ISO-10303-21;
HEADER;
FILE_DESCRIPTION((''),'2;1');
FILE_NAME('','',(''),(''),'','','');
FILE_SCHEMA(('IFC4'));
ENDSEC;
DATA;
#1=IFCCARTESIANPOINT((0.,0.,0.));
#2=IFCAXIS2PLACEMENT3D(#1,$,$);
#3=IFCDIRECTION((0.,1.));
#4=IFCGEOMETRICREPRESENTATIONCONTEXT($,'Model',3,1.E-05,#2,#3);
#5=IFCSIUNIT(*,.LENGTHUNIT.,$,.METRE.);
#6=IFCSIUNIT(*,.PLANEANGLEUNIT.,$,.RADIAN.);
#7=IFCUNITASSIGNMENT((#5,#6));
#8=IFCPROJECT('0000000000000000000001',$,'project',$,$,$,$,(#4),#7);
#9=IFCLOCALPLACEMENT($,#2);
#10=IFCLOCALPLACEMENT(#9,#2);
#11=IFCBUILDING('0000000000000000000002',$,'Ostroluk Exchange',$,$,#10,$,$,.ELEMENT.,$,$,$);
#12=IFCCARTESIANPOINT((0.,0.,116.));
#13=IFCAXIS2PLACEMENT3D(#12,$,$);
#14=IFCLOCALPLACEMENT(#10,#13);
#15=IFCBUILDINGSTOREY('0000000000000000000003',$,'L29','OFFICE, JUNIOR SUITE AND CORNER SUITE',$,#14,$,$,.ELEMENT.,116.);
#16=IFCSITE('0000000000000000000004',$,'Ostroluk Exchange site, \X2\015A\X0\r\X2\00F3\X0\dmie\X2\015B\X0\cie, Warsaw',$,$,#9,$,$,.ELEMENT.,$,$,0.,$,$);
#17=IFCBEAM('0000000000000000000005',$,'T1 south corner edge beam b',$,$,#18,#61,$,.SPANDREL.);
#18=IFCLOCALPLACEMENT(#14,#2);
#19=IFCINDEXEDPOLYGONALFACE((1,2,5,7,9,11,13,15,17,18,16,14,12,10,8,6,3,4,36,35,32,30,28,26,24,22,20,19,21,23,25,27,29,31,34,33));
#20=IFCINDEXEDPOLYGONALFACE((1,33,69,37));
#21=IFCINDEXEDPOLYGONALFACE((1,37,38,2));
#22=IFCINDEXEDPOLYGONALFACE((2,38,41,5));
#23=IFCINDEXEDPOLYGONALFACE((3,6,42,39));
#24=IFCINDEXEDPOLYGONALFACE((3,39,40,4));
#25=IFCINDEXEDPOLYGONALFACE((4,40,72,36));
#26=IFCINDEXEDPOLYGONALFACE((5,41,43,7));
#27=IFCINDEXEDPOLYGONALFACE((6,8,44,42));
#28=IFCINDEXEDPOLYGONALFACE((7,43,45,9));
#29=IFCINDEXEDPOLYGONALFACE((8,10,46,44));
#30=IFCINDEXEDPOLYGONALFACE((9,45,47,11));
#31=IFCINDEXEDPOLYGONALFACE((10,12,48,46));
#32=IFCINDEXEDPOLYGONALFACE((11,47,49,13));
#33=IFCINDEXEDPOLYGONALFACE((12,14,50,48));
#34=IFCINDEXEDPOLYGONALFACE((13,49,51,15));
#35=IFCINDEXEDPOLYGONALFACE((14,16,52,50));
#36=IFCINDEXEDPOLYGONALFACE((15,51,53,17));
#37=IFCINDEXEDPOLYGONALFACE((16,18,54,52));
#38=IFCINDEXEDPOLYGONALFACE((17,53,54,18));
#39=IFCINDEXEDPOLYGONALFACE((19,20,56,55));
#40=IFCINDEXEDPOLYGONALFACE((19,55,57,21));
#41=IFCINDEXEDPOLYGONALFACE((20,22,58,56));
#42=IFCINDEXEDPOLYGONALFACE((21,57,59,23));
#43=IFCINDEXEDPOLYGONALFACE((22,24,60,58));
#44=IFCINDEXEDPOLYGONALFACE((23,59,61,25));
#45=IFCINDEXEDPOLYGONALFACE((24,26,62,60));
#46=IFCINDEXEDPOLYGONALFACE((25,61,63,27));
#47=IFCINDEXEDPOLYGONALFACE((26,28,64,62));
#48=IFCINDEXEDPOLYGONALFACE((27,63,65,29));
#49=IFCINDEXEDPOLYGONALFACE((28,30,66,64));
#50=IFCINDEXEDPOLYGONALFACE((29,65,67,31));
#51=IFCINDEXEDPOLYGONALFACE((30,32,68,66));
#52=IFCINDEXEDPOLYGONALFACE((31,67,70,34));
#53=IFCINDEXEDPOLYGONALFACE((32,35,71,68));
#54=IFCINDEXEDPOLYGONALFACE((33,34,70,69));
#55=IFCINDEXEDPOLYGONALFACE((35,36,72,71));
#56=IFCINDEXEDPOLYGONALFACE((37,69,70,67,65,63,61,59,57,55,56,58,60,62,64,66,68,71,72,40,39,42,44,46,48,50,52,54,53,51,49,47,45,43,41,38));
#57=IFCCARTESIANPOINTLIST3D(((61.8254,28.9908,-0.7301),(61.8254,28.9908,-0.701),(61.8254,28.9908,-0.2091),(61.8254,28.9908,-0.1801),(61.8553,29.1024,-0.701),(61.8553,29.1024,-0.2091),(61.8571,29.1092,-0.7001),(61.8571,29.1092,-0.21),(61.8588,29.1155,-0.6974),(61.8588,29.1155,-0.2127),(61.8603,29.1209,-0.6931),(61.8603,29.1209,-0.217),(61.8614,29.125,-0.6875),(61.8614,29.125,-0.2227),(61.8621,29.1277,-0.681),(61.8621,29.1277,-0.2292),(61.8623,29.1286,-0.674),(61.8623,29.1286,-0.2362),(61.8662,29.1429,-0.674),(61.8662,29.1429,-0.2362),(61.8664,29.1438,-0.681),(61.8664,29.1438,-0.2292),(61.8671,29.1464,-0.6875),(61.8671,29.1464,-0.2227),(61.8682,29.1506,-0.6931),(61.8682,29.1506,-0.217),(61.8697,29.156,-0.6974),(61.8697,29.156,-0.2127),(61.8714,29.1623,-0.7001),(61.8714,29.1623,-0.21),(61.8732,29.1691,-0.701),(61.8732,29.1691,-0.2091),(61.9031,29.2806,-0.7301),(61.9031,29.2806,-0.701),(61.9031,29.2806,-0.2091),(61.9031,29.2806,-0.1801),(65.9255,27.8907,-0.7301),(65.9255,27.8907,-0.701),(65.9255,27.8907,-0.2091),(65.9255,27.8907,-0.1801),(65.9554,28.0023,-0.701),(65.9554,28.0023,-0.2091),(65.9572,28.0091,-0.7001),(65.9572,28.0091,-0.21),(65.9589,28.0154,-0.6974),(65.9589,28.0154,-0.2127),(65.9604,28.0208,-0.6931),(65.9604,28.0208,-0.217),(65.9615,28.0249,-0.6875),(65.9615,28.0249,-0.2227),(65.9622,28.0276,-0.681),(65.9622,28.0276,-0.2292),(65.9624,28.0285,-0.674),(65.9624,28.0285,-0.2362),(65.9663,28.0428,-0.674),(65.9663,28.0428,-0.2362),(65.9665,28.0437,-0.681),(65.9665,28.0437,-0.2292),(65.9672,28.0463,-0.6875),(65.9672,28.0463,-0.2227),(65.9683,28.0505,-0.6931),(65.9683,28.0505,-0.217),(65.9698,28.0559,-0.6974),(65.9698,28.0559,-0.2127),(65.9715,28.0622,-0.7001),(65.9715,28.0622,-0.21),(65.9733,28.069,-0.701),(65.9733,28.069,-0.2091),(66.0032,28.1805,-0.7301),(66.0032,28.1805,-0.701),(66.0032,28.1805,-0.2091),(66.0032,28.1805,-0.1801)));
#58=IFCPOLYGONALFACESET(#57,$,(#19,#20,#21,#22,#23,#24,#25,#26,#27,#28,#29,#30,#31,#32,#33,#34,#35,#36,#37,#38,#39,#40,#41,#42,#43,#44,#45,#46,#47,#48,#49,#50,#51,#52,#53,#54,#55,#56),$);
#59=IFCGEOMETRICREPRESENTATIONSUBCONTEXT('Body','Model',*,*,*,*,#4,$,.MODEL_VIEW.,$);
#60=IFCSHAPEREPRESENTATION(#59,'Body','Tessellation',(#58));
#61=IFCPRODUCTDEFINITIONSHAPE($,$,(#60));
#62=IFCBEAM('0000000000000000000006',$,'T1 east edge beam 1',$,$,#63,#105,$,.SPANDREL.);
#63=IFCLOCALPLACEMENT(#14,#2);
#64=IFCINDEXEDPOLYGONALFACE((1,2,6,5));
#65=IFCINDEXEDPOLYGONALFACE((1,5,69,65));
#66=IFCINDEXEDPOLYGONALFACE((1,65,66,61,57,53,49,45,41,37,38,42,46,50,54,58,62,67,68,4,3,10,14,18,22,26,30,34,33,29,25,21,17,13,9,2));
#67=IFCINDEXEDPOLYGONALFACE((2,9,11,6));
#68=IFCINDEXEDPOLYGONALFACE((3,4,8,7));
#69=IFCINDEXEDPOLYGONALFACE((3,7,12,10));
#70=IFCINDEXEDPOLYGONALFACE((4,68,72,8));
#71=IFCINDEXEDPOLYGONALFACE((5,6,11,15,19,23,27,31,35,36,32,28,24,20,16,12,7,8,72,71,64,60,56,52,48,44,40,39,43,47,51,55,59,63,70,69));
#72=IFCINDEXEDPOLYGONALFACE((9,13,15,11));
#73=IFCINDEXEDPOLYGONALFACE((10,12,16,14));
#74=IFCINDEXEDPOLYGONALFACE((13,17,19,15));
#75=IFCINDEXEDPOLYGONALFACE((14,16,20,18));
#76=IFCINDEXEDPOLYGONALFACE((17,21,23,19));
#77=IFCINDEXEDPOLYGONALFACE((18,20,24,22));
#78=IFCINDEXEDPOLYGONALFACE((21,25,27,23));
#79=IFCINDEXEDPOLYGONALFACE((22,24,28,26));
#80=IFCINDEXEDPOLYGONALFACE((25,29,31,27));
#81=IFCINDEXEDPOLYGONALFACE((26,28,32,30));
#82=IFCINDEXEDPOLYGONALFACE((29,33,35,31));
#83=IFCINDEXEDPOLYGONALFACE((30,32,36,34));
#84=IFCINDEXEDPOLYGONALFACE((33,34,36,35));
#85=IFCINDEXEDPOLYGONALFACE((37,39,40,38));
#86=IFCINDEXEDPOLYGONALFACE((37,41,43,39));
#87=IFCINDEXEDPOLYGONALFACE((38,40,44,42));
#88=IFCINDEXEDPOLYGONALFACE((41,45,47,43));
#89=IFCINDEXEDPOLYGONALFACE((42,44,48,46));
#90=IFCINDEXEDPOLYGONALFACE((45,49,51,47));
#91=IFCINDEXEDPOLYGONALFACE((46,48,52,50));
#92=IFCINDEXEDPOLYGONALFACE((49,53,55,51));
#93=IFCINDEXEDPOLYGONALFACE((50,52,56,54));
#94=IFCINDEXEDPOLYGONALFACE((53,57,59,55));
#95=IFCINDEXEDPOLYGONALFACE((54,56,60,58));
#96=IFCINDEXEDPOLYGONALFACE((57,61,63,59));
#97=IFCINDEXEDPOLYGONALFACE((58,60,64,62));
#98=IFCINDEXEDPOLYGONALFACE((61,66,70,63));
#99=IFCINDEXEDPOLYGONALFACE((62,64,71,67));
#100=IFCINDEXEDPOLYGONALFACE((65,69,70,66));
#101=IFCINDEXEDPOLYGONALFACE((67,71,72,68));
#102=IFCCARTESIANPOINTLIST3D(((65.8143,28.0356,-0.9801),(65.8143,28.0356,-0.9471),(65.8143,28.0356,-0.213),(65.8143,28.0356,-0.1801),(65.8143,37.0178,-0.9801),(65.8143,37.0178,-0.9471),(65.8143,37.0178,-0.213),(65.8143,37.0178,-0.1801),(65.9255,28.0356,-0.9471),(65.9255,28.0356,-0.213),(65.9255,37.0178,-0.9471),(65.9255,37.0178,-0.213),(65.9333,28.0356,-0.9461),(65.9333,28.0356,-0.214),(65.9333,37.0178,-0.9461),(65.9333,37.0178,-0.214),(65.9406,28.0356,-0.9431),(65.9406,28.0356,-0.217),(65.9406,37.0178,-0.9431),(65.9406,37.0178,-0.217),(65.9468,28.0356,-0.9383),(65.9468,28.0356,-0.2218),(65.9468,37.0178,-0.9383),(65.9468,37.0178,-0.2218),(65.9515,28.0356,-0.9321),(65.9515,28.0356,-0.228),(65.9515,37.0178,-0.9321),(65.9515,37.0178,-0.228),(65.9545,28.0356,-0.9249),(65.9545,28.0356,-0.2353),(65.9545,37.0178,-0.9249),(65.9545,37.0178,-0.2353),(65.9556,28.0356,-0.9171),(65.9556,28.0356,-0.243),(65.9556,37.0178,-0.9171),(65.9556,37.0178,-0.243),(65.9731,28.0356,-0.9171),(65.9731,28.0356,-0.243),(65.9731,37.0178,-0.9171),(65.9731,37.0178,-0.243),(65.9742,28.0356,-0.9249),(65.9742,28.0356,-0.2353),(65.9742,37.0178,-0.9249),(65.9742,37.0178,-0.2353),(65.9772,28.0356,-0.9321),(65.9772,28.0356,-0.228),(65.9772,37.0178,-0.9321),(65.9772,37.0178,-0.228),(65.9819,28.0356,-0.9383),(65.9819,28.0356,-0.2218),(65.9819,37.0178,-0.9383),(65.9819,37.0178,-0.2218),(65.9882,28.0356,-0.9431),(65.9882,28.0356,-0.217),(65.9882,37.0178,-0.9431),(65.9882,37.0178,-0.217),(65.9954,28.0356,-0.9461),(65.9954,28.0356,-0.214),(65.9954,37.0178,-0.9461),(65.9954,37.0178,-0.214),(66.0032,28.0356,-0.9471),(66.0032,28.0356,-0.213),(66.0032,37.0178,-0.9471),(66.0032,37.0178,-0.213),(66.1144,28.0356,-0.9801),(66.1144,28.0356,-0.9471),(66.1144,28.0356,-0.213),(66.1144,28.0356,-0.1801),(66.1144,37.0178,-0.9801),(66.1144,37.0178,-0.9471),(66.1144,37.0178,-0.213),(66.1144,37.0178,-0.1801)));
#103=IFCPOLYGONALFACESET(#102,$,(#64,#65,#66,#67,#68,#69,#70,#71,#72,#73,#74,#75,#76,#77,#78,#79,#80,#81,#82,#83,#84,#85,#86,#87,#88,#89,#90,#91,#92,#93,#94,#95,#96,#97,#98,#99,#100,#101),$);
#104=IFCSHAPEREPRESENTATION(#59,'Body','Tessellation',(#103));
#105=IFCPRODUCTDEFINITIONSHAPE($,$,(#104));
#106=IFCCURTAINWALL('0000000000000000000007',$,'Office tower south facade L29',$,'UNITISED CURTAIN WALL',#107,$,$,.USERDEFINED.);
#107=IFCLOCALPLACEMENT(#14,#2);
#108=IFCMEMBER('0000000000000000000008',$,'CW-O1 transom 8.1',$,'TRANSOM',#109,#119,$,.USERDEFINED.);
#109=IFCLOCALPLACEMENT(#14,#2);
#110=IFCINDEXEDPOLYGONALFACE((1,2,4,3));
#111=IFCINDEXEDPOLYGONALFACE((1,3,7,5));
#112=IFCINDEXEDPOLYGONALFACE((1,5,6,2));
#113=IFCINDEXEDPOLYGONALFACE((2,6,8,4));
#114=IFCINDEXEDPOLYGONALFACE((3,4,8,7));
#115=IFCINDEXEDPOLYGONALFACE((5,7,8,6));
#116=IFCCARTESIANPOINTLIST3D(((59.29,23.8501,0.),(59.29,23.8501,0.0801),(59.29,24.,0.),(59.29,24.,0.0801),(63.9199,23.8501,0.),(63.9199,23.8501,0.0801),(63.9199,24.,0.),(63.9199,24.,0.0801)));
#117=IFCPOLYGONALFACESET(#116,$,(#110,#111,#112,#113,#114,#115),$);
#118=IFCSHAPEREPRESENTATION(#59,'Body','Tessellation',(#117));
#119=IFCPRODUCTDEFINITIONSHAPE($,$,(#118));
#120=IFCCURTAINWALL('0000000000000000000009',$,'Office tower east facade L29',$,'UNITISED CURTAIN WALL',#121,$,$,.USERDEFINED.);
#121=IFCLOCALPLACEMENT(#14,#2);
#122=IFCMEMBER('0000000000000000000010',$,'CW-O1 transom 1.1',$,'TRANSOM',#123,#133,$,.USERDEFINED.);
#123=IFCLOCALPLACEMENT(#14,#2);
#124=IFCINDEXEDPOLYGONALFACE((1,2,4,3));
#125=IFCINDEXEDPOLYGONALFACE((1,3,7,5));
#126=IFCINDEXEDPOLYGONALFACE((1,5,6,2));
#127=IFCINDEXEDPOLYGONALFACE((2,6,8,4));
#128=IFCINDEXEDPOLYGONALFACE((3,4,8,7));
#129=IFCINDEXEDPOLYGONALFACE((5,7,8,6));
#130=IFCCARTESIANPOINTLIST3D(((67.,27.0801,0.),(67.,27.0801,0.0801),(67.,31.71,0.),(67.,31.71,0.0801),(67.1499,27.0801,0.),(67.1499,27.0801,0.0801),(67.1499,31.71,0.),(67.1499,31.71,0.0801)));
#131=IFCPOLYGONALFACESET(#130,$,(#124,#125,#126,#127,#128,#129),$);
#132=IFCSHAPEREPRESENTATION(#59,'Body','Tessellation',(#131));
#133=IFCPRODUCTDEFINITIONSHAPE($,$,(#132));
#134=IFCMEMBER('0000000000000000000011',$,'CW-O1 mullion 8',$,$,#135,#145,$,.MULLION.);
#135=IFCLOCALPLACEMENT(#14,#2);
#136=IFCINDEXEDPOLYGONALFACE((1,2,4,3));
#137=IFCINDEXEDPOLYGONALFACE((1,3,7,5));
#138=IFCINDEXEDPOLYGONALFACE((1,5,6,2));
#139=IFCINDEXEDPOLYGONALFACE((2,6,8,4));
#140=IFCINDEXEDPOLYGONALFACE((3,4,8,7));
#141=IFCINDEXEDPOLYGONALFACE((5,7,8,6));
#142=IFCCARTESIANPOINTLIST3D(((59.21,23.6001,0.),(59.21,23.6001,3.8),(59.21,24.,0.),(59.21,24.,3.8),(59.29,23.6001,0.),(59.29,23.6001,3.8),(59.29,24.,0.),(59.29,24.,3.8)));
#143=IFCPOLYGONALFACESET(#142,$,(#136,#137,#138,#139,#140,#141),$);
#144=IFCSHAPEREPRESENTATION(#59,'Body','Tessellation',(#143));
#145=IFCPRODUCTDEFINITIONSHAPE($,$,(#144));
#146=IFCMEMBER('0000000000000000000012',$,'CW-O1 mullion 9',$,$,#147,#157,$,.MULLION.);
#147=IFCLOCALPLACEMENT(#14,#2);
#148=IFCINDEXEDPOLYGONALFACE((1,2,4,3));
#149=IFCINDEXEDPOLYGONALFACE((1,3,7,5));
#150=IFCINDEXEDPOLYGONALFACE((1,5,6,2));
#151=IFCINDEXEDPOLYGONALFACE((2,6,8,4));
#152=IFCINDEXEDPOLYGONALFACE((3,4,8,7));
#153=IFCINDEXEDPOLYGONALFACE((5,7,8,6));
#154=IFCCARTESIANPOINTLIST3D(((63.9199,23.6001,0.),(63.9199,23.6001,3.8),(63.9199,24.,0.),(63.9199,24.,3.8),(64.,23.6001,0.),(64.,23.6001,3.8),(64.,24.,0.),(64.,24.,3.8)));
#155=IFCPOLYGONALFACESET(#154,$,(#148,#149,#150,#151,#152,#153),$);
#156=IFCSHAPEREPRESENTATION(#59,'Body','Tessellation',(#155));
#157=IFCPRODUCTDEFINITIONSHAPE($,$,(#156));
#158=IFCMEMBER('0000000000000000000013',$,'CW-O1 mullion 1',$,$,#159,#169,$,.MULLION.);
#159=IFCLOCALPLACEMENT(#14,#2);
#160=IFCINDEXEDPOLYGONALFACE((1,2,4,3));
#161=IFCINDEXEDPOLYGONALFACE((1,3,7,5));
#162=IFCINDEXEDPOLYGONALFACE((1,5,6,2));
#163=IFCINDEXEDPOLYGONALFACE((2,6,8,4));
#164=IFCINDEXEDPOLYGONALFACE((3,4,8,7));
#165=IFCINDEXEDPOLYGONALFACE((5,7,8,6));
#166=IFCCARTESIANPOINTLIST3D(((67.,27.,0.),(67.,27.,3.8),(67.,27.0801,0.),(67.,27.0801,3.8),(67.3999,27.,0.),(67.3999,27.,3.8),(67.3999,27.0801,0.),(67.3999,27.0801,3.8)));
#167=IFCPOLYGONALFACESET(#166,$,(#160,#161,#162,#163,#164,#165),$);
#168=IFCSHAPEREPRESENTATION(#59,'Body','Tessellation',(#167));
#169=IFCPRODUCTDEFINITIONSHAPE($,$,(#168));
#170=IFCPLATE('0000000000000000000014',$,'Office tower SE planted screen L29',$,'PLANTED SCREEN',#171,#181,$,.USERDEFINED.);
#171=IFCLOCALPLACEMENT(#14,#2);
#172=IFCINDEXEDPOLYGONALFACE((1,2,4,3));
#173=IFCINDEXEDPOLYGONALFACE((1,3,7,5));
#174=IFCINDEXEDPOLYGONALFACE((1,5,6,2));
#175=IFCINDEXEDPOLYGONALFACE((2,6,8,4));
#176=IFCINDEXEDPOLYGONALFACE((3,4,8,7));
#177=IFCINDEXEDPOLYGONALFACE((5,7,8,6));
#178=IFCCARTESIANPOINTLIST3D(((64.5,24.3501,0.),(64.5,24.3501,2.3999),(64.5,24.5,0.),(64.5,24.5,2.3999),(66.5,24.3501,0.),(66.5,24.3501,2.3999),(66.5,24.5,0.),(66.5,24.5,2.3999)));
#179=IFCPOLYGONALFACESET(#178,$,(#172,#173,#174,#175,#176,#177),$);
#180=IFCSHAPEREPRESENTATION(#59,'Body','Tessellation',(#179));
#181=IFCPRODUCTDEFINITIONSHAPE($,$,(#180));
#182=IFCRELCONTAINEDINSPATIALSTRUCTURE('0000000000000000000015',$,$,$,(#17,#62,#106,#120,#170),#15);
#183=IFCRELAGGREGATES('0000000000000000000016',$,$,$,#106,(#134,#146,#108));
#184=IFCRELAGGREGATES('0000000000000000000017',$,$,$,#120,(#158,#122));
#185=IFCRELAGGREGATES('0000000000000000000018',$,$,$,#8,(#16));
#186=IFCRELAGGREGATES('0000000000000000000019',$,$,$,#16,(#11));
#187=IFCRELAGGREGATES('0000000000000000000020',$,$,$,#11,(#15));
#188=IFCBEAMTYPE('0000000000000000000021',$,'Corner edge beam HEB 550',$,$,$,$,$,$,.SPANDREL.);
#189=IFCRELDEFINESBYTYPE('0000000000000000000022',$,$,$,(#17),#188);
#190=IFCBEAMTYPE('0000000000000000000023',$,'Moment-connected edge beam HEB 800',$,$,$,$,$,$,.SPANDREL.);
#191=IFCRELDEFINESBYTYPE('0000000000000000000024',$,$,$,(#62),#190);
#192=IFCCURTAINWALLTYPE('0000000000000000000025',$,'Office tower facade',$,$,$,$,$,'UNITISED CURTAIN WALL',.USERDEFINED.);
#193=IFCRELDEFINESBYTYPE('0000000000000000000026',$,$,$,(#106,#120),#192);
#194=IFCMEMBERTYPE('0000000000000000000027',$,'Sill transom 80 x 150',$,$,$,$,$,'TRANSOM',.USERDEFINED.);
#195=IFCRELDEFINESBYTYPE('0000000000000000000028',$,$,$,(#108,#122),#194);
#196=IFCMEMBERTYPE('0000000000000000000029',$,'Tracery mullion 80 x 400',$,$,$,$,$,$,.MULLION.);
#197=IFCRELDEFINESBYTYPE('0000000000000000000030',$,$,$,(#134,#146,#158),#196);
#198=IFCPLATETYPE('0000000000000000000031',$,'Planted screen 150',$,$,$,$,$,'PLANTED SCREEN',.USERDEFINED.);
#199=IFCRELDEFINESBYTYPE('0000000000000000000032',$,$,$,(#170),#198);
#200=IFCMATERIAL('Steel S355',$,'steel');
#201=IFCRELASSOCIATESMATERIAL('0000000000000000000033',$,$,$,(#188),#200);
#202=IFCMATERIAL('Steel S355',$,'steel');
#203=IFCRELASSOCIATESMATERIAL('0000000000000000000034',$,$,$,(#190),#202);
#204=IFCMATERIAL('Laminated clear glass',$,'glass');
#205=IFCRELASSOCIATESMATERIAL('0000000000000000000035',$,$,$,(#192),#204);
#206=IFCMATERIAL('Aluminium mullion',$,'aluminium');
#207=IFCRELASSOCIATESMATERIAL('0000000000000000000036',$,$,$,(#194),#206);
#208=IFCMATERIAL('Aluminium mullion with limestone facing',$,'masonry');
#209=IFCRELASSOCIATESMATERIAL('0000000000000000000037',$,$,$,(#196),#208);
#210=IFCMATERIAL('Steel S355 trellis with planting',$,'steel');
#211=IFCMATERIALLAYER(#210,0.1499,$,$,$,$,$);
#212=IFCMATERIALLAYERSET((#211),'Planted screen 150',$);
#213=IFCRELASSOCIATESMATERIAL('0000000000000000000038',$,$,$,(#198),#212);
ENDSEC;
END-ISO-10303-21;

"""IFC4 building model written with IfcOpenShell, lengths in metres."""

from ifc_helpers import new_model, si_unit, direction, frame, origin, origin_2d, place, context, subcontext, project, spatial, rectangle, i_section, extrude, material, layer, layer_set, material_profile, profile_set, type_object, element, aggregate, save


model = new_model("IFC4")

# Units and contexts
model_context = context("Model", 3, precision=1e-05, world=origin(), true_north=direction((0.0, 1.0)))
body_context = subcontext(model_context, "Body", "Model", "MODEL_VIEW")
ifc_project = project(units=[si_unit("LENGTHUNIT", "METRE"), si_unit("PLANEANGLEUNIT", "RADIAN")], contexts=[model_context])

# Site, building, storey
site_placement = place(None, origin())
site = spatial("IfcSite", under=ifc_project, at=site_placement, Name="Ostroluk Exchange site, Śródmieście, Warsaw", CompositionType="ELEMENT", RefElevation=0.0)
building_placement = place(site_placement, origin())
building = spatial("IfcBuilding", under=site, at=building_placement, Name="Ostroluk Exchange", CompositionType="ELEMENT")
storey_placement = place(building_placement, frame((0.0, 0.0, 116.0)))
storey = spatial("IfcBuildingStorey", under=building, at=storey_placement, Name="L29", Description="OFFICE, JUNIOR SUITE AND CORNER SUITE", CompositionType="ELEMENT", Elevation=116.0)

# Beams
ifc_material_1 = material(Name="Steel S355", Category="steel")
ifc_material_profile_1 = material_profile(ifc_material_1, i_section(OverallWidth=0.3, OverallDepth=0.55, WebThickness=0.0149, FlangeThickness=0.0291, FilletRadius=0.0271, at=origin_2d()), Name="HEB 550")
ifc_profile_set_1 = profile_set([ifc_material_profile_1], Name="Steel S355")
beam_type_1 = type_object("IfcBeamType", Name="Corner edge beam HEB 550", PredefinedType="SPANDREL", material=ifc_profile_set_1)
for number, where, z_axis, x_axis, name in (
    (1, (61.8643, 29.1357, -0.4551), (0.965839, -0.259144, 0.0), (0.259144, 0.965839, 0.0), "T1 south corner edge beam b"),
):
    element("IfcBeam", number, at=place(storey_placement, frame(where, z_axis=z_axis, x_axis=x_axis)), inside=storey, type_object=beam_type_1, Name=name, PredefinedType="SPANDREL", context=body_context, shape_type="SweptSolid", body=[
        extrude(i_section(OverallWidth=0.3, OverallDepth=0.55, WebThickness=0.0149, FlangeThickness=0.0291, FilletRadius=0.0271, at=origin_2d()), origin(), (0.0, 0.0, 1.0), 4.2451),
    ])
ifc_material_2 = material(Name="Steel S355", Category="steel")
ifc_material_profile_2 = material_profile(ifc_material_2, i_section(OverallWidth=0.3, OverallDepth=0.8, WebThickness=0.0176, FlangeThickness=0.033, FilletRadius=0.03, at=origin_2d()), Name="HEB 800")
ifc_profile_set_2 = profile_set([ifc_material_profile_2], Name="Steel S355")
beam_type_2 = type_object("IfcBeamType", Name="Moment-connected edge beam HEB 800", PredefinedType="SPANDREL", material=ifc_profile_set_2)
beam_1_placement = place(storey_placement, frame((65.9644, 28.0356, -0.5801), z_axis=(0.0, 1.0, 0.0), x_axis=(-1.0, 0.0, 0.0)))
element("IfcBeam", 2, at=beam_1_placement, inside=storey, type_object=beam_type_2, Name="T1 east edge beam 1", PredefinedType="SPANDREL", context=body_context, shape_type="SweptSolid", body=[
    extrude(i_section(OverallWidth=0.3, OverallDepth=0.8, WebThickness=0.0176, FlangeThickness=0.033, FilletRadius=0.03, at=origin_2d()), origin(), (0.0, 0.0, 1.0), 8.9822),
])

# Curtain walls, members
ifc_material_3 = material(Name="Laminated clear glass", Category="glass")
curtain_wall_type = type_object("IfcCurtainWallType", Name="Office tower facade", ElementType="UNITISED CURTAIN WALL", PredefinedType="USERDEFINED", material=ifc_material_3)
curtain_wall_1_placement = place(storey_placement, origin())
curtain_wall_1 = element("IfcCurtainWall", 3, at=curtain_wall_1_placement, inside=storey, type_object=curtain_wall_type, Name="Office tower south facade L29", ObjectType="UNITISED CURTAIN WALL", PredefinedType="USERDEFINED")
ifc_material_4 = material(Name="Aluminium mullion", Category="aluminium")
ifc_material_profile_3 = material_profile(ifc_material_4, rectangle(XDim=0.1499, YDim=0.0801, at=origin_2d()), Name="Sill transom 80 x 150")
ifc_profile_set_3 = profile_set([ifc_material_profile_3], Name="Aluminium mullion")
member_type_1 = type_object("IfcMemberType", Name="Sill transom 80 x 150", ElementType="TRANSOM", PredefinedType="USERDEFINED", material=ifc_profile_set_3)
member_1_placement = place(storey_placement, frame((59.29, 23.925, 0.04), z_axis=(1.0, 0.0, 0.0), x_axis=(0.0, 1.0, 0.0)))
member_1 = element("IfcMember", 4, at=member_1_placement, type_object=member_type_1, Name="CW-O1 transom 8.1", ObjectType="TRANSOM", PredefinedType="USERDEFINED", context=body_context, shape_type="SweptSolid", body=[
    extrude(rectangle(XDim=0.1499, YDim=0.0801, at=origin_2d()), origin(), (0.0, 0.0, 1.0), 4.6299),
])
curtain_wall_2_placement = place(storey_placement, origin())
curtain_wall_2 = element("IfcCurtainWall", 5, at=curtain_wall_2_placement, inside=storey, type_object=curtain_wall_type, Name="Office tower east facade L29", ObjectType="UNITISED CURTAIN WALL", PredefinedType="USERDEFINED")
member_2_placement = place(storey_placement, frame((67.075, 27.0801, 0.04), z_axis=(0.0, 1.0, 0.0), x_axis=(-1.0, 0.0, 0.0)))
member_2 = element("IfcMember", 6, at=member_2_placement, type_object=member_type_1, Name="CW-O1 transom 1.1", ObjectType="TRANSOM", PredefinedType="USERDEFINED", context=body_context, shape_type="SweptSolid", body=[
    extrude(rectangle(XDim=0.1499, YDim=0.0801, at=origin_2d()), origin(), (0.0, 0.0, 1.0), 4.6299),
])

# Members
ifc_material_5 = material(Name="Aluminium mullion with limestone facing", Category="masonry")
ifc_material_profile_4 = material_profile(ifc_material_5, rectangle(XDim=0.3999, YDim=0.0801, at=origin_2d()), Name="Tracery mullion 80 x 400")
ifc_profile_set_4 = profile_set([ifc_material_profile_4], Name="Aluminium mullion with limestone facing")
member_type_2 = type_object("IfcMemberType", Name="Tracery mullion 80 x 400", PredefinedType="MULLION", material=ifc_profile_set_4)
member_3_placement = place(storey_placement, frame((59.25, 23.8, 0.0), z_axis=(0.0, 0.0, 1.0), x_axis=(0.0, 1.0, 0.0)))
member_3 = element("IfcMember", 7, at=member_3_placement, type_object=member_type_2, Name="CW-O1 mullion 8", PredefinedType="MULLION", context=body_context, shape_type="SweptSolid", body=[
    extrude(rectangle(XDim=0.3999, YDim=0.0801, at=origin_2d()), origin(), (0.0, 0.0, 1.0), 3.8),
])
member_4_placement = place(storey_placement, frame((63.96, 23.8, 0.0), z_axis=(0.0, 0.0, 1.0), x_axis=(0.0, 1.0, 0.0)))
member_4 = element("IfcMember", 8, at=member_4_placement, type_object=member_type_2, Name="CW-O1 mullion 9", PredefinedType="MULLION", context=body_context, shape_type="SweptSolid", body=[
    extrude(rectangle(XDim=0.3999, YDim=0.0801, at=origin_2d()), origin(), (0.0, 0.0, 1.0), 3.8),
])
member_5_placement = place(storey_placement, frame((67.2, 27.04, 0.0), z_axis=(0.0, 0.0, 1.0), x_axis=(-1.0, 0.0, 0.0)))
member_5 = element("IfcMember", 9, at=member_5_placement, type_object=member_type_2, Name="CW-O1 mullion 1", PredefinedType="MULLION", context=body_context, shape_type="SweptSolid", body=[
    extrude(rectangle(XDim=0.3999, YDim=0.0801, at=origin_2d()), origin(), (0.0, 0.0, 1.0), 3.8),
])

# Plate
ifc_material_6 = material(Name="Steel S355 trellis with planting", Category="steel")
ifc_layer_1 = layer(ifc_material_6, 0.1499)
ifc_layer_set_1 = layer_set([ifc_layer_1], Name="Planted screen 150")
plate_type_1 = type_object("IfcPlateType", Name="Planted screen 150", ElementType="PLANTED SCREEN", PredefinedType="USERDEFINED", material=ifc_layer_set_1)
plate_1_placement = place(storey_placement, frame((65.5, 24.425, 0.0), z_axis=(0.0, 0.0, 1.0), x_axis=(1.0, 0.0, 0.0)))
element("IfcPlate", 10, at=plate_1_placement, inside=storey, type_object=plate_type_1, Name="Office tower SE planted screen L29", ObjectType="PLANTED SCREEN", PredefinedType="USERDEFINED", context=body_context, shape_type="SweptSolid", body=[
    extrude(rectangle(XDim=2.0, YDim=0.1499, at=origin_2d()), origin(), (0.0, 0.0, 1.0), 2.3999),
])
aggregate(curtain_wall_1, [member_3, member_4, member_1])
aggregate(curtain_wall_2, [member_5, member_2])

save(model, "model.ifc")
